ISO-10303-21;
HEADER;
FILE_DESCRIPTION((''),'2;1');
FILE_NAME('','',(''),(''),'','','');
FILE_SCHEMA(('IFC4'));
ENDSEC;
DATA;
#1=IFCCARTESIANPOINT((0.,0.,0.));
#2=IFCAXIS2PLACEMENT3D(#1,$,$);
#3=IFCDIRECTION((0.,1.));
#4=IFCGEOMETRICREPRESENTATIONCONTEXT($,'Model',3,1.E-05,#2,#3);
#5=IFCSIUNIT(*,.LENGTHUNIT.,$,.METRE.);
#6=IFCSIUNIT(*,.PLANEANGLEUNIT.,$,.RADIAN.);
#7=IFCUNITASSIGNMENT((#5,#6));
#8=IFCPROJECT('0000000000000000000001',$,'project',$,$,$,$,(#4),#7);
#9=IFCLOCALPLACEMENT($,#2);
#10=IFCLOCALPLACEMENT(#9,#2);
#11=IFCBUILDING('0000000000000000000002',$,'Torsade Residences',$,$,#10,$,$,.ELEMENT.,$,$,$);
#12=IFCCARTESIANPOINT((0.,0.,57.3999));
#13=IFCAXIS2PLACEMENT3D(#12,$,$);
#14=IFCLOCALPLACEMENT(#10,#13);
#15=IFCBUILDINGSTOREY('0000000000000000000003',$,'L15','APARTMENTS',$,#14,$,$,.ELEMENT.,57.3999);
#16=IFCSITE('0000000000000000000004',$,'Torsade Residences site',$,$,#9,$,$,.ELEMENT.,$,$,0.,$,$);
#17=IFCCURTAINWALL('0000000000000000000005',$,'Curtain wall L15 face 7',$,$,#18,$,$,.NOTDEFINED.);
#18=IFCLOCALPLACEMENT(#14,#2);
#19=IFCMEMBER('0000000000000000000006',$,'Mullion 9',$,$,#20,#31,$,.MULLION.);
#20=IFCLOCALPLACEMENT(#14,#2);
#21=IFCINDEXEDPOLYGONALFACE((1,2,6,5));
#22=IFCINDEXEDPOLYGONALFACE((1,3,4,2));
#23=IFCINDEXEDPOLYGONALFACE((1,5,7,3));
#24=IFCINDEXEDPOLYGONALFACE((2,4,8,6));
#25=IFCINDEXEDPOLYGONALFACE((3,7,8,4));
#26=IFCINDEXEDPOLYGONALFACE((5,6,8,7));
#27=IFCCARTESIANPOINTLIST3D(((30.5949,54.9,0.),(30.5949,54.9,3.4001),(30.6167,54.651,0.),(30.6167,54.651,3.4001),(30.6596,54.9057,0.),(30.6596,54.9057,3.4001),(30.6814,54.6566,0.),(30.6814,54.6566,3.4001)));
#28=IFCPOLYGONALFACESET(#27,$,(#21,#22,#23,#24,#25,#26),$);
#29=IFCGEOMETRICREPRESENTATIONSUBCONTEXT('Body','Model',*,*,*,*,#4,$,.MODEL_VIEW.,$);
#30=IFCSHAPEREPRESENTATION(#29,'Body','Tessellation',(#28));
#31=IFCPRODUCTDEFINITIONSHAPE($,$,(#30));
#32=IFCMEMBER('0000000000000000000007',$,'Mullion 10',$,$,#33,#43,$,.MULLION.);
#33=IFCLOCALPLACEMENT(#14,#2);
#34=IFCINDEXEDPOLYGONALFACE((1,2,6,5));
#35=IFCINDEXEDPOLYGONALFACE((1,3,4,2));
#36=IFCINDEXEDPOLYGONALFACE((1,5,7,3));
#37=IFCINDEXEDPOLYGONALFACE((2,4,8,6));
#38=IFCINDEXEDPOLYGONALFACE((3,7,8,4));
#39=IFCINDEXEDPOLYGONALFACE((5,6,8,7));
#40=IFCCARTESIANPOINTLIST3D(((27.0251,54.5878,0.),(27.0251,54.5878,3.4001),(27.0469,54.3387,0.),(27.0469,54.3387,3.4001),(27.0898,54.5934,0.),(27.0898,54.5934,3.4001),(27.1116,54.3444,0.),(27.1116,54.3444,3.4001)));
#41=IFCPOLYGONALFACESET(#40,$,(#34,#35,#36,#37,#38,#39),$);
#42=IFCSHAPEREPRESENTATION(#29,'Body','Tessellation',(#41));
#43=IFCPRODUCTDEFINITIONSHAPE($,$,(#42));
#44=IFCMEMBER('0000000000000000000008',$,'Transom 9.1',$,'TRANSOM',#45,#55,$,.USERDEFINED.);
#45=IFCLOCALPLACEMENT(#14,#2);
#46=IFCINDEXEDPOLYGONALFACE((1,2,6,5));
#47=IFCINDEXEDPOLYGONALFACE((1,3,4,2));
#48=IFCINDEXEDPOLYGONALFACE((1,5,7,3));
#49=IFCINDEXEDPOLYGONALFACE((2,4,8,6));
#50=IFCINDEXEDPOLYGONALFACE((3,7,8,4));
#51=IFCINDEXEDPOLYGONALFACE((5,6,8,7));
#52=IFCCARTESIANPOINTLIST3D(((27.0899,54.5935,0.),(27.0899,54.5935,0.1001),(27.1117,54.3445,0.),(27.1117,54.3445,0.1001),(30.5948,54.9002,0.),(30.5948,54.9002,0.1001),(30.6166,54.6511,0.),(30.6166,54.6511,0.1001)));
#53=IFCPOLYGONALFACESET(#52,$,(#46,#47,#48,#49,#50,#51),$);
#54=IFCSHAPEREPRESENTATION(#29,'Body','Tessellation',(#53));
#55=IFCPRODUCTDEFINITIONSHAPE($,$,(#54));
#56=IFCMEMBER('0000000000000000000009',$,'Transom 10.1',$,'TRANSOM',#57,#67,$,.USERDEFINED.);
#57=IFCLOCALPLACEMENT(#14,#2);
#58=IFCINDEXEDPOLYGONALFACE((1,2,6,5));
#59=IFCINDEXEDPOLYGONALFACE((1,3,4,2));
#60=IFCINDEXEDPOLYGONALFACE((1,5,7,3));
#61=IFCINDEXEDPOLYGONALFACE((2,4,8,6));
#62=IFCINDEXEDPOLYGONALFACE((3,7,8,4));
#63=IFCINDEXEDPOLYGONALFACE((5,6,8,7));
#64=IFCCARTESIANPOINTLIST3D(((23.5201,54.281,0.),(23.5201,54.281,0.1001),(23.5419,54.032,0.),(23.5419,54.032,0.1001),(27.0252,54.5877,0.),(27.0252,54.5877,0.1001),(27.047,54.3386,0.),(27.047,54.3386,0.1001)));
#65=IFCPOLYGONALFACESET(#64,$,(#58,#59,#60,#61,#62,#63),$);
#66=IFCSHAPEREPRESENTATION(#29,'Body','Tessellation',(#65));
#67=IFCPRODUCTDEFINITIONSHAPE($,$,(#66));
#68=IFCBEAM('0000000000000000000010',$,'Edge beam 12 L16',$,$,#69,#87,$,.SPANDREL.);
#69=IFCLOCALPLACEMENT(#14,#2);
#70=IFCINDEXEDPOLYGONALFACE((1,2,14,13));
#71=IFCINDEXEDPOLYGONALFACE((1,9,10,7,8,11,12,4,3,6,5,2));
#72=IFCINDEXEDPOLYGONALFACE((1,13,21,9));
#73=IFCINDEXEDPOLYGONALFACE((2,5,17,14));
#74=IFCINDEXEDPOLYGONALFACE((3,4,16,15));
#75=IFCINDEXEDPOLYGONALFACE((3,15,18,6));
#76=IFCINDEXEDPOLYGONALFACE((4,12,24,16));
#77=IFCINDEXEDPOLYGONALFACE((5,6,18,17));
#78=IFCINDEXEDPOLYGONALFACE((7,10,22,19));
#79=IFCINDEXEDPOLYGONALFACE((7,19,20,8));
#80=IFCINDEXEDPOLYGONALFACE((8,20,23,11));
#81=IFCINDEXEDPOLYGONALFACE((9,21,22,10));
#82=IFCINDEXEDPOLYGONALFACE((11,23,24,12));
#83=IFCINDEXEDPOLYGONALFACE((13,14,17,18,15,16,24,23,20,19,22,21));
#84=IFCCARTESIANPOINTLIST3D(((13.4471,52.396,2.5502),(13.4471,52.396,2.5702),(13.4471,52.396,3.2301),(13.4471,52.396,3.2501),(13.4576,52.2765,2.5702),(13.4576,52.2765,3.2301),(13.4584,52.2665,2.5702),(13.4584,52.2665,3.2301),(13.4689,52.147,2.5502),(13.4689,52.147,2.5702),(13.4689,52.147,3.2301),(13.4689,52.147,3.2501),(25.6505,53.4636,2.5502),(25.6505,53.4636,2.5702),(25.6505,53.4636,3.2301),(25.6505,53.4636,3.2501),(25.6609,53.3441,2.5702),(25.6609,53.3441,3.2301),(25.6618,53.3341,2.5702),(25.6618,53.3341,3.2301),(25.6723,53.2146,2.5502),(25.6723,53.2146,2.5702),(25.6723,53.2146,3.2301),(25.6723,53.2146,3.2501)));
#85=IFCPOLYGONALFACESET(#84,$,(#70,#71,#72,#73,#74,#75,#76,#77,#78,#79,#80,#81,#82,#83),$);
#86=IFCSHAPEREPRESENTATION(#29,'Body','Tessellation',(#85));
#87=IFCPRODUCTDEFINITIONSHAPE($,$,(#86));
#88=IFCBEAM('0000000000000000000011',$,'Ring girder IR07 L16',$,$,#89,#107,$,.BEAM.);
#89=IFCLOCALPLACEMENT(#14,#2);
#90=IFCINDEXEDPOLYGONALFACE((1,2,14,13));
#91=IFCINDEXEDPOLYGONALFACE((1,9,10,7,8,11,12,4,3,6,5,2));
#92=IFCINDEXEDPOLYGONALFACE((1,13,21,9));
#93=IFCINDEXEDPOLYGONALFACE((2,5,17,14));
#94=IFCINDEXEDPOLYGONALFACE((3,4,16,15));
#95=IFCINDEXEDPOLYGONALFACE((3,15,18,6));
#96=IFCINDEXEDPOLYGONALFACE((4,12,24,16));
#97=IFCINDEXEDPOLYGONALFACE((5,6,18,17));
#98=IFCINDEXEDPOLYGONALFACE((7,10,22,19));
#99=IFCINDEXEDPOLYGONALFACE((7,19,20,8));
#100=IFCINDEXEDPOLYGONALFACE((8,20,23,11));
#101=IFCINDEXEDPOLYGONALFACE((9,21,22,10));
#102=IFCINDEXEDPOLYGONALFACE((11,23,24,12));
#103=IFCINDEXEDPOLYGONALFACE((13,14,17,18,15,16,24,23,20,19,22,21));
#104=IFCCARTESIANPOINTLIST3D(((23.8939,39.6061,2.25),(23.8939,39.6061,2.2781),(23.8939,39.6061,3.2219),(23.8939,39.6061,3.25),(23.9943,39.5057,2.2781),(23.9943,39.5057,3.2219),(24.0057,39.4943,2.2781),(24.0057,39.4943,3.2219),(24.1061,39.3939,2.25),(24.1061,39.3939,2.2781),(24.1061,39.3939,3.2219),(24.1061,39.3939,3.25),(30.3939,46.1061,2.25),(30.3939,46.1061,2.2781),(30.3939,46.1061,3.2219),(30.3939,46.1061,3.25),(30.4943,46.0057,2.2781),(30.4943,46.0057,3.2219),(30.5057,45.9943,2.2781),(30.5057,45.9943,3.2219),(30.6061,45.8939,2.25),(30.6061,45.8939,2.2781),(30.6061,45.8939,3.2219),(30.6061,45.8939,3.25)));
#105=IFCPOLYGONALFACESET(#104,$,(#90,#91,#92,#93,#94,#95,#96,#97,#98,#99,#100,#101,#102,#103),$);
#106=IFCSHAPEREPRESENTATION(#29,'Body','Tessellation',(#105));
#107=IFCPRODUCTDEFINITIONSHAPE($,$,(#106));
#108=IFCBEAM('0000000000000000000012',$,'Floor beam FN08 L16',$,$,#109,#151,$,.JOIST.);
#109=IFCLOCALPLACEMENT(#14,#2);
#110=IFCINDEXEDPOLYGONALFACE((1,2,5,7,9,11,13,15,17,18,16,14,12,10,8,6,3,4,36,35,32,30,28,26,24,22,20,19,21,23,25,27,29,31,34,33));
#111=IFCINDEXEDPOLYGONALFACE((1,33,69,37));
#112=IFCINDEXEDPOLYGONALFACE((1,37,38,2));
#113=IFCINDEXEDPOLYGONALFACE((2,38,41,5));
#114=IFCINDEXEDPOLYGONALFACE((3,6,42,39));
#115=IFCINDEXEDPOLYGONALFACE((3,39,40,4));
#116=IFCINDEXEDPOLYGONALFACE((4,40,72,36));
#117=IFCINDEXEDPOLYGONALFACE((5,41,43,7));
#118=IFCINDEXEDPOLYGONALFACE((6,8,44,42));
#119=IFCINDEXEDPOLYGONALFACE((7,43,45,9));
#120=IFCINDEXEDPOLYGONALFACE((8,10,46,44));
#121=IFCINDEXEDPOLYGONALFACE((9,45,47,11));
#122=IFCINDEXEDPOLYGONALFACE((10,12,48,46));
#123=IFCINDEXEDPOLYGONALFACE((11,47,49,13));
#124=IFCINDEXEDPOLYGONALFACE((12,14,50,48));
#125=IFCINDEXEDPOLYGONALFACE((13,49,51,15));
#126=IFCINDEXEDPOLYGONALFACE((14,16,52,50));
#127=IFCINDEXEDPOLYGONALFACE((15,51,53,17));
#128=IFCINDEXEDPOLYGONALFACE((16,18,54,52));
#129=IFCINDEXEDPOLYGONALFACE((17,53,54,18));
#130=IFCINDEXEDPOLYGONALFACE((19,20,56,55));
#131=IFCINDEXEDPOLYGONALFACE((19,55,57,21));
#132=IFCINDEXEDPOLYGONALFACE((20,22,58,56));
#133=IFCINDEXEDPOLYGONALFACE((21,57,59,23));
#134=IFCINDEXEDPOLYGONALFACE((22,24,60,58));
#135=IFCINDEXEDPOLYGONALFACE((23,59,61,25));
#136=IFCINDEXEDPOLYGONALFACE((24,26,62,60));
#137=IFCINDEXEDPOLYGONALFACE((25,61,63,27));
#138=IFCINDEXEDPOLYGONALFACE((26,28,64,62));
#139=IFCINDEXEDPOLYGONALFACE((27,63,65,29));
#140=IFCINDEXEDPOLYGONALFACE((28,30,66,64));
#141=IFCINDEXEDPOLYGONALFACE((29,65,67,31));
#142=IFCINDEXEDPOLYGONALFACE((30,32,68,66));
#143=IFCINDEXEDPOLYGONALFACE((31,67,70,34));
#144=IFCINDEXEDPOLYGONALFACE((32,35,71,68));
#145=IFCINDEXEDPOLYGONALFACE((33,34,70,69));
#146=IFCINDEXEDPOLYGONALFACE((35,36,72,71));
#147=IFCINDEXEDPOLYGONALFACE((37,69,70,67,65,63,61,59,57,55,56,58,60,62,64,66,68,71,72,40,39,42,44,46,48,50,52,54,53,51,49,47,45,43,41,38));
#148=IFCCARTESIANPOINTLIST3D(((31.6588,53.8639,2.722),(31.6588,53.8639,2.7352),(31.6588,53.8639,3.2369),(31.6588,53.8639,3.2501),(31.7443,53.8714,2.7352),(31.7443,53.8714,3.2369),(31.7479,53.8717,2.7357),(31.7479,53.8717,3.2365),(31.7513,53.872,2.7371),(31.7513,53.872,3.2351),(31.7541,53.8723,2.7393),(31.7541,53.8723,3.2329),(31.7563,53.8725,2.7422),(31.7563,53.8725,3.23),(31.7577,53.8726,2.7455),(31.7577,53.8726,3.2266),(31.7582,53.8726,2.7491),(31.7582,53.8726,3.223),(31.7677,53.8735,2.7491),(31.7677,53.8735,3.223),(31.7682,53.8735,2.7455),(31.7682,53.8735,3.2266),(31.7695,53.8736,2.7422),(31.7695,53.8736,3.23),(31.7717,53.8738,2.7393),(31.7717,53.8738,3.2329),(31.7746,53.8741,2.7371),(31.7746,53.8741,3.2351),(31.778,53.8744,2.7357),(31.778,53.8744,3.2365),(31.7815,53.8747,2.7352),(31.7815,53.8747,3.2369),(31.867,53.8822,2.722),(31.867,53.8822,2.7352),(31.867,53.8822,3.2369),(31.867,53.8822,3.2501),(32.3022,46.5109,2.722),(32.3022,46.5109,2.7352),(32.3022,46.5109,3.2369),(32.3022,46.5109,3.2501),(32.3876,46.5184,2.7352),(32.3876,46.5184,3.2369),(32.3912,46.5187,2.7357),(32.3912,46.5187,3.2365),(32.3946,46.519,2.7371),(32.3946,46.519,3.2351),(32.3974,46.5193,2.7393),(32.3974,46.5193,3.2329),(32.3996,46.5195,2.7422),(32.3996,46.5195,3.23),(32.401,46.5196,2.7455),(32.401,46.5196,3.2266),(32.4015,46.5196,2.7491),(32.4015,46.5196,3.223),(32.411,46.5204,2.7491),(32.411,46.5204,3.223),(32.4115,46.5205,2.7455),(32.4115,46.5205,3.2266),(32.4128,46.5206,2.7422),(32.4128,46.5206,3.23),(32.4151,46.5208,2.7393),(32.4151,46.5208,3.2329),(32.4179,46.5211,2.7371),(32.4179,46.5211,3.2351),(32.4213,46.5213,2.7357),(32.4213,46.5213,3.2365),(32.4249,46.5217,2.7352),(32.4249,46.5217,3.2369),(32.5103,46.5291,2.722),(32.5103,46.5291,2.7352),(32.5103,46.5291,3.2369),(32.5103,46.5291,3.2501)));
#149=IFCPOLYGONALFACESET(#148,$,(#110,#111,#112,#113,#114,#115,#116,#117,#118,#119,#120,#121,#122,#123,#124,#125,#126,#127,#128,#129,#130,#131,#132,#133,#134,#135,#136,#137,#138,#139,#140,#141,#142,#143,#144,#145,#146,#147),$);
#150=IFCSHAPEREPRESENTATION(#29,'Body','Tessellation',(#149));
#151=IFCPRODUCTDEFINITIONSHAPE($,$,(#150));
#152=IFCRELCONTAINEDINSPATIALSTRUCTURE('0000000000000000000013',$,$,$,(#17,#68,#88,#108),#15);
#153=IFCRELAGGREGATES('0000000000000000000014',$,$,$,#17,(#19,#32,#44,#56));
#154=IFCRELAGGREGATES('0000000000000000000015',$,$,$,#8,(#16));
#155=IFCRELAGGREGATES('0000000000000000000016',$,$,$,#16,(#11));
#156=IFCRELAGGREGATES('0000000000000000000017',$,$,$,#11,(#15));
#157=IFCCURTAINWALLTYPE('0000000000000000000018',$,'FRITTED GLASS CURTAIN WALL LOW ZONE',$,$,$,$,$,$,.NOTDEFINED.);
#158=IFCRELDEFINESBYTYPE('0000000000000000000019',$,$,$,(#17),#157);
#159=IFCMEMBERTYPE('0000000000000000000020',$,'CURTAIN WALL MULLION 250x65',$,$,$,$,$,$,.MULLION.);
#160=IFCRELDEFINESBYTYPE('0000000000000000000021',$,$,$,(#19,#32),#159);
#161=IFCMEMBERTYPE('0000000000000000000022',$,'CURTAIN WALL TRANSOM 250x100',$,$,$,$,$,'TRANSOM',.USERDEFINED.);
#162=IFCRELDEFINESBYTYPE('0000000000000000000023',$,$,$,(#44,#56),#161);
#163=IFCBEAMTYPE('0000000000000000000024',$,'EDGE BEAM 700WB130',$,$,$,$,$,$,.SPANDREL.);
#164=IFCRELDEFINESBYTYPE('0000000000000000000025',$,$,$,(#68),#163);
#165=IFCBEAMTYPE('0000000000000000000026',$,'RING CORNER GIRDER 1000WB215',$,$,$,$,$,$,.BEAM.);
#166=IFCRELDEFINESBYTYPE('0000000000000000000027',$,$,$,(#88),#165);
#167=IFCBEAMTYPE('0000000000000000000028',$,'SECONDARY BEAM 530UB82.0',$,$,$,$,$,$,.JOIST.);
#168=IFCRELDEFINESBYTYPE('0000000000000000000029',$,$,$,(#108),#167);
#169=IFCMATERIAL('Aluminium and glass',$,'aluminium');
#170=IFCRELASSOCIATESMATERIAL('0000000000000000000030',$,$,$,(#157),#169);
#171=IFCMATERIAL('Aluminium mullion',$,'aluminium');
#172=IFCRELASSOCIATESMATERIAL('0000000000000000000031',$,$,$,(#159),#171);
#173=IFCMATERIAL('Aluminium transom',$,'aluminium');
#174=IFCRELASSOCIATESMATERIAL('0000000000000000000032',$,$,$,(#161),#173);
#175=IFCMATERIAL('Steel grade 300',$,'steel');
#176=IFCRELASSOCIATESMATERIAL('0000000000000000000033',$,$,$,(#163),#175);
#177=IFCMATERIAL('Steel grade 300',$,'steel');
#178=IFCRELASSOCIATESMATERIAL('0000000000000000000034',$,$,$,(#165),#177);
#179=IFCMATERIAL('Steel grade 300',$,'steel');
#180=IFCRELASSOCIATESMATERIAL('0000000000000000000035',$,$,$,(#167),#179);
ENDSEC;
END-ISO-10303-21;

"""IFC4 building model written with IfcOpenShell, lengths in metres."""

from ifc_helpers import new_model, si_unit, direction, frame, origin, origin_2d, place, context, subcontext, project, spatial, rectangle, i_section, extrude, material, material_profile, profile_set, type_object, element, aggregate, save


model = new_model("IFC4")

# Units and contexts
model_context = context("Model", 3, precision=1e-05, world=origin(), true_north=direction((0.0, 1.0)))
body_context = subcontext(model_context, "Body", "Model", "MODEL_VIEW")
ifc_project = project(units=[si_unit("LENGTHUNIT", "METRE"), si_unit("PLANEANGLEUNIT", "RADIAN")], contexts=[model_context])

# Site, building, storey
site_placement = place(None, origin())
site = spatial("IfcSite", under=ifc_project, at=site_placement, Name="Torsade Residences site", CompositionType="ELEMENT", RefElevation=0.0)
building_placement = place(site_placement, origin())
building = spatial("IfcBuilding", under=site, at=building_placement, Name="Torsade Residences", CompositionType="ELEMENT")
storey_placement = place(building_placement, frame((0.0, 0.0, 57.3999)))
storey = spatial("IfcBuildingStorey", under=building, at=storey_placement, Name="L15", Description="APARTMENTS", CompositionType="ELEMENT", Elevation=57.3999)

# Curtain wall, members
ifc_material_1 = material(Name="Aluminium and glass", Category="aluminium")
curtain_wall_type = type_object("IfcCurtainWallType", Name="FRITTED GLASS CURTAIN WALL LOW ZONE", PredefinedType="NOTDEFINED", material=ifc_material_1)
curtain_wall_placement = place(storey_placement, origin())
curtain_wall = element("IfcCurtainWall", 1, at=curtain_wall_placement, inside=storey, type_object=curtain_wall_type, Name="Curtain wall L15 face 7", PredefinedType="NOTDEFINED")
ifc_material_2 = material(Name="Aluminium mullion", Category="aluminium")
ifc_material_profile_1 = material_profile(ifc_material_2, rectangle(XDim=0.25, YDim=0.0649, at=origin_2d()), Name="CURTAIN WALL MULLION 250x65")
ifc_profile_set_1 = profile_set([ifc_material_profile_1], Name="Aluminium mullion")
member_type_1 = type_object("IfcMemberType", Name="CURTAIN WALL MULLION 250x65", PredefinedType="MULLION", material=ifc_profile_set_1)
member_1_placement = place(storey_placement, frame((30.6382, 54.7783, 0.0), z_axis=(0.0, 0.0, 1.0), x_axis=(0.087156, -0.996195, 0.0)))
member_1 = element("IfcMember", 2, at=member_1_placement, type_object=member_type_1, Name="Mullion 9", PredefinedType="MULLION", context=body_context, shape_type="SweptSolid", body=[
    extrude(rectangle(XDim=0.25, YDim=0.0649, at=origin_2d()), origin(), (0.0, 0.0, 1.0), 3.4001),
])
member_2_placement = place(storey_placement, frame((27.0684, 54.4661, 0.0), z_axis=(0.0, 0.0, 1.0), x_axis=(0.087156, -0.996195, 0.0)))
member_2 = element("IfcMember", 3, at=member_2_placement, type_object=member_type_1, Name="Mullion 10", PredefinedType="MULLION", context=body_context, shape_type="SweptSolid", body=[
    extrude(rectangle(XDim=0.25, YDim=0.0649, at=origin_2d()), origin(), (0.0, 0.0, 1.0), 3.4001),
])
ifc_material_3 = material(Name="Aluminium transom", Category="aluminium")
ifc_material_profile_2 = material_profile(ifc_material_3, rectangle(XDim=0.25, YDim=0.1001, at=origin_2d()), Name="CURTAIN WALL TRANSOM 250x100")
ifc_profile_set_2 = profile_set([ifc_material_profile_2], Name="Aluminium transom")
member_type_2 = type_object("IfcMemberType", Name="CURTAIN WALL TRANSOM 250x100", ElementType="TRANSOM", PredefinedType="USERDEFINED", material=ifc_profile_set_2)
member_3_placement = place(storey_placement, frame((30.6057, 54.7756, 0.05), z_axis=(-0.996195, -0.087157, 0.0), x_axis=(0.087157, -0.996195, 0.0)))
member_3 = element("IfcMember", 4, at=member_3_placement, type_object=member_type_2, Name="Transom 9.1", ObjectType="TRANSOM", PredefinedType="USERDEFINED", context=body_context, shape_type="SweptSolid", body=[
    extrude(rectangle(XDim=0.25, YDim=0.1001, at=origin_2d()), origin(), (0.0, 0.0, 1.0), 3.5183),
])
member_4_placement = place(storey_placement, frame((27.0361, 54.4631, 0.05), z_axis=(-0.996195, -0.087151, 0.0), x_axis=(0.087151, -0.996195, 0.0)))
member_4 = element("IfcMember", 5, at=member_4_placement, type_object=member_type_2, Name="Transom 10.1", ObjectType="TRANSOM", PredefinedType="USERDEFINED", context=body_context, shape_type="SweptSolid", body=[
    extrude(rectangle(XDim=0.25, YDim=0.1001, at=origin_2d()), origin(), (0.0, 0.0, 1.0), 3.5186),
])

# Beams
ifc_material_4 = material(Name="Steel grade 300", Category="steel")
ifc_material_profile_3 = material_profile(ifc_material_4, i_section(OverallWidth=0.25, OverallDepth=0.7, WebThickness=0.01, FlangeThickness=0.02, at=origin_2d()), Name="700WB130")
ifc_profile_set_3 = profile_set([ifc_material_profile_3], Name="Steel grade 300")
beam_type_1 = type_object("IfcBeamType", Name="EDGE BEAM 700WB130", PredefinedType="SPANDREL", material=ifc_profile_set_3)
beam_1_placement = place(storey_placement, frame((25.6614, 53.3391, 2.9001), z_axis=(-0.996195, -0.087153, 0.0), x_axis=(0.087153, -0.996195, 0.0)))
element("IfcBeam", 6, at=beam_1_placement, inside=storey, type_object=beam_type_1, Name="Edge beam 12 L16", PredefinedType="SPANDREL", context=body_context, shape_type="SweptSolid", body=[
    extrude(i_section(OverallWidth=0.25, OverallDepth=0.7, WebThickness=0.01, FlangeThickness=0.02, at=origin_2d()), origin(), (0.0, 0.0, 1.0), 12.25),
])
ifc_material_5 = material(Name="Steel grade 300", Category="steel")
ifc_material_profile_4 = material_profile(ifc_material_5, i_section(OverallWidth=0.3, OverallDepth=1.0, WebThickness=0.0161, FlangeThickness=0.0281, at=origin_2d()), Name="1000WB215")
ifc_profile_set_4 = profile_set([ifc_material_profile_4], Name="Steel grade 300")
beam_type_2 = type_object("IfcBeamType", Name="RING CORNER GIRDER 1000WB215", PredefinedType="BEAM", material=ifc_profile_set_4)
beam_2_placement = place(storey_placement, frame((30.5, 46.0, 2.75), z_axis=(-0.707107, -0.707107, 0.0), x_axis=(0.707107, -0.707107, 0.0)))
element("IfcBeam", 7, at=beam_2_placement, inside=storey, type_object=beam_type_2, Name="Ring girder IR07 L16", PredefinedType="BEAM", context=body_context, shape_type="SweptSolid", body=[
    extrude(i_section(OverallWidth=0.3, OverallDepth=1.0, WebThickness=0.0161, FlangeThickness=0.0281, at=origin_2d()), origin(), (0.0, 0.0, 1.0), 9.1924),
])
ifc_material_6 = material(Name="Steel grade 300", Category="steel")
ifc_material_profile_5 = material_profile(ifc_material_6, i_section(OverallWidth=0.209, OverallDepth=0.5281, WebThickness=0.0095, FlangeThickness=0.0132, FilletRadius=0.0139, at=origin_2d()), Name="530UB82.0")
ifc_profile_set_5 = profile_set([ifc_material_profile_5], Name="Steel grade 300")
beam_type_3 = type_object("IfcBeamType", Name="SECONDARY BEAM 530UB82.0", PredefinedType="JOIST", material=ifc_profile_set_5)
beam_3_placement = place(storey_placement, frame((31.7629, 53.873, 2.9861), z_axis=(0.087156, -0.996195, 0.0), x_axis=(0.996195, 0.087156, 0.0)))
element("IfcBeam", 8, at=beam_3_placement, inside=storey, type_object=beam_type_3, Name="Floor beam FN08 L16", PredefinedType="JOIST", context=body_context, shape_type="SweptSolid", body=[
    extrude(i_section(OverallWidth=0.209, OverallDepth=0.5281, WebThickness=0.0095, FlangeThickness=0.0132, FilletRadius=0.0139, at=origin_2d()), origin(), (0.0, 0.0, 1.0), 7.3811),
])

aggregate(curtain_wall, [member_1, member_2, member_3, member_4])

save(model, "model.ifc")
